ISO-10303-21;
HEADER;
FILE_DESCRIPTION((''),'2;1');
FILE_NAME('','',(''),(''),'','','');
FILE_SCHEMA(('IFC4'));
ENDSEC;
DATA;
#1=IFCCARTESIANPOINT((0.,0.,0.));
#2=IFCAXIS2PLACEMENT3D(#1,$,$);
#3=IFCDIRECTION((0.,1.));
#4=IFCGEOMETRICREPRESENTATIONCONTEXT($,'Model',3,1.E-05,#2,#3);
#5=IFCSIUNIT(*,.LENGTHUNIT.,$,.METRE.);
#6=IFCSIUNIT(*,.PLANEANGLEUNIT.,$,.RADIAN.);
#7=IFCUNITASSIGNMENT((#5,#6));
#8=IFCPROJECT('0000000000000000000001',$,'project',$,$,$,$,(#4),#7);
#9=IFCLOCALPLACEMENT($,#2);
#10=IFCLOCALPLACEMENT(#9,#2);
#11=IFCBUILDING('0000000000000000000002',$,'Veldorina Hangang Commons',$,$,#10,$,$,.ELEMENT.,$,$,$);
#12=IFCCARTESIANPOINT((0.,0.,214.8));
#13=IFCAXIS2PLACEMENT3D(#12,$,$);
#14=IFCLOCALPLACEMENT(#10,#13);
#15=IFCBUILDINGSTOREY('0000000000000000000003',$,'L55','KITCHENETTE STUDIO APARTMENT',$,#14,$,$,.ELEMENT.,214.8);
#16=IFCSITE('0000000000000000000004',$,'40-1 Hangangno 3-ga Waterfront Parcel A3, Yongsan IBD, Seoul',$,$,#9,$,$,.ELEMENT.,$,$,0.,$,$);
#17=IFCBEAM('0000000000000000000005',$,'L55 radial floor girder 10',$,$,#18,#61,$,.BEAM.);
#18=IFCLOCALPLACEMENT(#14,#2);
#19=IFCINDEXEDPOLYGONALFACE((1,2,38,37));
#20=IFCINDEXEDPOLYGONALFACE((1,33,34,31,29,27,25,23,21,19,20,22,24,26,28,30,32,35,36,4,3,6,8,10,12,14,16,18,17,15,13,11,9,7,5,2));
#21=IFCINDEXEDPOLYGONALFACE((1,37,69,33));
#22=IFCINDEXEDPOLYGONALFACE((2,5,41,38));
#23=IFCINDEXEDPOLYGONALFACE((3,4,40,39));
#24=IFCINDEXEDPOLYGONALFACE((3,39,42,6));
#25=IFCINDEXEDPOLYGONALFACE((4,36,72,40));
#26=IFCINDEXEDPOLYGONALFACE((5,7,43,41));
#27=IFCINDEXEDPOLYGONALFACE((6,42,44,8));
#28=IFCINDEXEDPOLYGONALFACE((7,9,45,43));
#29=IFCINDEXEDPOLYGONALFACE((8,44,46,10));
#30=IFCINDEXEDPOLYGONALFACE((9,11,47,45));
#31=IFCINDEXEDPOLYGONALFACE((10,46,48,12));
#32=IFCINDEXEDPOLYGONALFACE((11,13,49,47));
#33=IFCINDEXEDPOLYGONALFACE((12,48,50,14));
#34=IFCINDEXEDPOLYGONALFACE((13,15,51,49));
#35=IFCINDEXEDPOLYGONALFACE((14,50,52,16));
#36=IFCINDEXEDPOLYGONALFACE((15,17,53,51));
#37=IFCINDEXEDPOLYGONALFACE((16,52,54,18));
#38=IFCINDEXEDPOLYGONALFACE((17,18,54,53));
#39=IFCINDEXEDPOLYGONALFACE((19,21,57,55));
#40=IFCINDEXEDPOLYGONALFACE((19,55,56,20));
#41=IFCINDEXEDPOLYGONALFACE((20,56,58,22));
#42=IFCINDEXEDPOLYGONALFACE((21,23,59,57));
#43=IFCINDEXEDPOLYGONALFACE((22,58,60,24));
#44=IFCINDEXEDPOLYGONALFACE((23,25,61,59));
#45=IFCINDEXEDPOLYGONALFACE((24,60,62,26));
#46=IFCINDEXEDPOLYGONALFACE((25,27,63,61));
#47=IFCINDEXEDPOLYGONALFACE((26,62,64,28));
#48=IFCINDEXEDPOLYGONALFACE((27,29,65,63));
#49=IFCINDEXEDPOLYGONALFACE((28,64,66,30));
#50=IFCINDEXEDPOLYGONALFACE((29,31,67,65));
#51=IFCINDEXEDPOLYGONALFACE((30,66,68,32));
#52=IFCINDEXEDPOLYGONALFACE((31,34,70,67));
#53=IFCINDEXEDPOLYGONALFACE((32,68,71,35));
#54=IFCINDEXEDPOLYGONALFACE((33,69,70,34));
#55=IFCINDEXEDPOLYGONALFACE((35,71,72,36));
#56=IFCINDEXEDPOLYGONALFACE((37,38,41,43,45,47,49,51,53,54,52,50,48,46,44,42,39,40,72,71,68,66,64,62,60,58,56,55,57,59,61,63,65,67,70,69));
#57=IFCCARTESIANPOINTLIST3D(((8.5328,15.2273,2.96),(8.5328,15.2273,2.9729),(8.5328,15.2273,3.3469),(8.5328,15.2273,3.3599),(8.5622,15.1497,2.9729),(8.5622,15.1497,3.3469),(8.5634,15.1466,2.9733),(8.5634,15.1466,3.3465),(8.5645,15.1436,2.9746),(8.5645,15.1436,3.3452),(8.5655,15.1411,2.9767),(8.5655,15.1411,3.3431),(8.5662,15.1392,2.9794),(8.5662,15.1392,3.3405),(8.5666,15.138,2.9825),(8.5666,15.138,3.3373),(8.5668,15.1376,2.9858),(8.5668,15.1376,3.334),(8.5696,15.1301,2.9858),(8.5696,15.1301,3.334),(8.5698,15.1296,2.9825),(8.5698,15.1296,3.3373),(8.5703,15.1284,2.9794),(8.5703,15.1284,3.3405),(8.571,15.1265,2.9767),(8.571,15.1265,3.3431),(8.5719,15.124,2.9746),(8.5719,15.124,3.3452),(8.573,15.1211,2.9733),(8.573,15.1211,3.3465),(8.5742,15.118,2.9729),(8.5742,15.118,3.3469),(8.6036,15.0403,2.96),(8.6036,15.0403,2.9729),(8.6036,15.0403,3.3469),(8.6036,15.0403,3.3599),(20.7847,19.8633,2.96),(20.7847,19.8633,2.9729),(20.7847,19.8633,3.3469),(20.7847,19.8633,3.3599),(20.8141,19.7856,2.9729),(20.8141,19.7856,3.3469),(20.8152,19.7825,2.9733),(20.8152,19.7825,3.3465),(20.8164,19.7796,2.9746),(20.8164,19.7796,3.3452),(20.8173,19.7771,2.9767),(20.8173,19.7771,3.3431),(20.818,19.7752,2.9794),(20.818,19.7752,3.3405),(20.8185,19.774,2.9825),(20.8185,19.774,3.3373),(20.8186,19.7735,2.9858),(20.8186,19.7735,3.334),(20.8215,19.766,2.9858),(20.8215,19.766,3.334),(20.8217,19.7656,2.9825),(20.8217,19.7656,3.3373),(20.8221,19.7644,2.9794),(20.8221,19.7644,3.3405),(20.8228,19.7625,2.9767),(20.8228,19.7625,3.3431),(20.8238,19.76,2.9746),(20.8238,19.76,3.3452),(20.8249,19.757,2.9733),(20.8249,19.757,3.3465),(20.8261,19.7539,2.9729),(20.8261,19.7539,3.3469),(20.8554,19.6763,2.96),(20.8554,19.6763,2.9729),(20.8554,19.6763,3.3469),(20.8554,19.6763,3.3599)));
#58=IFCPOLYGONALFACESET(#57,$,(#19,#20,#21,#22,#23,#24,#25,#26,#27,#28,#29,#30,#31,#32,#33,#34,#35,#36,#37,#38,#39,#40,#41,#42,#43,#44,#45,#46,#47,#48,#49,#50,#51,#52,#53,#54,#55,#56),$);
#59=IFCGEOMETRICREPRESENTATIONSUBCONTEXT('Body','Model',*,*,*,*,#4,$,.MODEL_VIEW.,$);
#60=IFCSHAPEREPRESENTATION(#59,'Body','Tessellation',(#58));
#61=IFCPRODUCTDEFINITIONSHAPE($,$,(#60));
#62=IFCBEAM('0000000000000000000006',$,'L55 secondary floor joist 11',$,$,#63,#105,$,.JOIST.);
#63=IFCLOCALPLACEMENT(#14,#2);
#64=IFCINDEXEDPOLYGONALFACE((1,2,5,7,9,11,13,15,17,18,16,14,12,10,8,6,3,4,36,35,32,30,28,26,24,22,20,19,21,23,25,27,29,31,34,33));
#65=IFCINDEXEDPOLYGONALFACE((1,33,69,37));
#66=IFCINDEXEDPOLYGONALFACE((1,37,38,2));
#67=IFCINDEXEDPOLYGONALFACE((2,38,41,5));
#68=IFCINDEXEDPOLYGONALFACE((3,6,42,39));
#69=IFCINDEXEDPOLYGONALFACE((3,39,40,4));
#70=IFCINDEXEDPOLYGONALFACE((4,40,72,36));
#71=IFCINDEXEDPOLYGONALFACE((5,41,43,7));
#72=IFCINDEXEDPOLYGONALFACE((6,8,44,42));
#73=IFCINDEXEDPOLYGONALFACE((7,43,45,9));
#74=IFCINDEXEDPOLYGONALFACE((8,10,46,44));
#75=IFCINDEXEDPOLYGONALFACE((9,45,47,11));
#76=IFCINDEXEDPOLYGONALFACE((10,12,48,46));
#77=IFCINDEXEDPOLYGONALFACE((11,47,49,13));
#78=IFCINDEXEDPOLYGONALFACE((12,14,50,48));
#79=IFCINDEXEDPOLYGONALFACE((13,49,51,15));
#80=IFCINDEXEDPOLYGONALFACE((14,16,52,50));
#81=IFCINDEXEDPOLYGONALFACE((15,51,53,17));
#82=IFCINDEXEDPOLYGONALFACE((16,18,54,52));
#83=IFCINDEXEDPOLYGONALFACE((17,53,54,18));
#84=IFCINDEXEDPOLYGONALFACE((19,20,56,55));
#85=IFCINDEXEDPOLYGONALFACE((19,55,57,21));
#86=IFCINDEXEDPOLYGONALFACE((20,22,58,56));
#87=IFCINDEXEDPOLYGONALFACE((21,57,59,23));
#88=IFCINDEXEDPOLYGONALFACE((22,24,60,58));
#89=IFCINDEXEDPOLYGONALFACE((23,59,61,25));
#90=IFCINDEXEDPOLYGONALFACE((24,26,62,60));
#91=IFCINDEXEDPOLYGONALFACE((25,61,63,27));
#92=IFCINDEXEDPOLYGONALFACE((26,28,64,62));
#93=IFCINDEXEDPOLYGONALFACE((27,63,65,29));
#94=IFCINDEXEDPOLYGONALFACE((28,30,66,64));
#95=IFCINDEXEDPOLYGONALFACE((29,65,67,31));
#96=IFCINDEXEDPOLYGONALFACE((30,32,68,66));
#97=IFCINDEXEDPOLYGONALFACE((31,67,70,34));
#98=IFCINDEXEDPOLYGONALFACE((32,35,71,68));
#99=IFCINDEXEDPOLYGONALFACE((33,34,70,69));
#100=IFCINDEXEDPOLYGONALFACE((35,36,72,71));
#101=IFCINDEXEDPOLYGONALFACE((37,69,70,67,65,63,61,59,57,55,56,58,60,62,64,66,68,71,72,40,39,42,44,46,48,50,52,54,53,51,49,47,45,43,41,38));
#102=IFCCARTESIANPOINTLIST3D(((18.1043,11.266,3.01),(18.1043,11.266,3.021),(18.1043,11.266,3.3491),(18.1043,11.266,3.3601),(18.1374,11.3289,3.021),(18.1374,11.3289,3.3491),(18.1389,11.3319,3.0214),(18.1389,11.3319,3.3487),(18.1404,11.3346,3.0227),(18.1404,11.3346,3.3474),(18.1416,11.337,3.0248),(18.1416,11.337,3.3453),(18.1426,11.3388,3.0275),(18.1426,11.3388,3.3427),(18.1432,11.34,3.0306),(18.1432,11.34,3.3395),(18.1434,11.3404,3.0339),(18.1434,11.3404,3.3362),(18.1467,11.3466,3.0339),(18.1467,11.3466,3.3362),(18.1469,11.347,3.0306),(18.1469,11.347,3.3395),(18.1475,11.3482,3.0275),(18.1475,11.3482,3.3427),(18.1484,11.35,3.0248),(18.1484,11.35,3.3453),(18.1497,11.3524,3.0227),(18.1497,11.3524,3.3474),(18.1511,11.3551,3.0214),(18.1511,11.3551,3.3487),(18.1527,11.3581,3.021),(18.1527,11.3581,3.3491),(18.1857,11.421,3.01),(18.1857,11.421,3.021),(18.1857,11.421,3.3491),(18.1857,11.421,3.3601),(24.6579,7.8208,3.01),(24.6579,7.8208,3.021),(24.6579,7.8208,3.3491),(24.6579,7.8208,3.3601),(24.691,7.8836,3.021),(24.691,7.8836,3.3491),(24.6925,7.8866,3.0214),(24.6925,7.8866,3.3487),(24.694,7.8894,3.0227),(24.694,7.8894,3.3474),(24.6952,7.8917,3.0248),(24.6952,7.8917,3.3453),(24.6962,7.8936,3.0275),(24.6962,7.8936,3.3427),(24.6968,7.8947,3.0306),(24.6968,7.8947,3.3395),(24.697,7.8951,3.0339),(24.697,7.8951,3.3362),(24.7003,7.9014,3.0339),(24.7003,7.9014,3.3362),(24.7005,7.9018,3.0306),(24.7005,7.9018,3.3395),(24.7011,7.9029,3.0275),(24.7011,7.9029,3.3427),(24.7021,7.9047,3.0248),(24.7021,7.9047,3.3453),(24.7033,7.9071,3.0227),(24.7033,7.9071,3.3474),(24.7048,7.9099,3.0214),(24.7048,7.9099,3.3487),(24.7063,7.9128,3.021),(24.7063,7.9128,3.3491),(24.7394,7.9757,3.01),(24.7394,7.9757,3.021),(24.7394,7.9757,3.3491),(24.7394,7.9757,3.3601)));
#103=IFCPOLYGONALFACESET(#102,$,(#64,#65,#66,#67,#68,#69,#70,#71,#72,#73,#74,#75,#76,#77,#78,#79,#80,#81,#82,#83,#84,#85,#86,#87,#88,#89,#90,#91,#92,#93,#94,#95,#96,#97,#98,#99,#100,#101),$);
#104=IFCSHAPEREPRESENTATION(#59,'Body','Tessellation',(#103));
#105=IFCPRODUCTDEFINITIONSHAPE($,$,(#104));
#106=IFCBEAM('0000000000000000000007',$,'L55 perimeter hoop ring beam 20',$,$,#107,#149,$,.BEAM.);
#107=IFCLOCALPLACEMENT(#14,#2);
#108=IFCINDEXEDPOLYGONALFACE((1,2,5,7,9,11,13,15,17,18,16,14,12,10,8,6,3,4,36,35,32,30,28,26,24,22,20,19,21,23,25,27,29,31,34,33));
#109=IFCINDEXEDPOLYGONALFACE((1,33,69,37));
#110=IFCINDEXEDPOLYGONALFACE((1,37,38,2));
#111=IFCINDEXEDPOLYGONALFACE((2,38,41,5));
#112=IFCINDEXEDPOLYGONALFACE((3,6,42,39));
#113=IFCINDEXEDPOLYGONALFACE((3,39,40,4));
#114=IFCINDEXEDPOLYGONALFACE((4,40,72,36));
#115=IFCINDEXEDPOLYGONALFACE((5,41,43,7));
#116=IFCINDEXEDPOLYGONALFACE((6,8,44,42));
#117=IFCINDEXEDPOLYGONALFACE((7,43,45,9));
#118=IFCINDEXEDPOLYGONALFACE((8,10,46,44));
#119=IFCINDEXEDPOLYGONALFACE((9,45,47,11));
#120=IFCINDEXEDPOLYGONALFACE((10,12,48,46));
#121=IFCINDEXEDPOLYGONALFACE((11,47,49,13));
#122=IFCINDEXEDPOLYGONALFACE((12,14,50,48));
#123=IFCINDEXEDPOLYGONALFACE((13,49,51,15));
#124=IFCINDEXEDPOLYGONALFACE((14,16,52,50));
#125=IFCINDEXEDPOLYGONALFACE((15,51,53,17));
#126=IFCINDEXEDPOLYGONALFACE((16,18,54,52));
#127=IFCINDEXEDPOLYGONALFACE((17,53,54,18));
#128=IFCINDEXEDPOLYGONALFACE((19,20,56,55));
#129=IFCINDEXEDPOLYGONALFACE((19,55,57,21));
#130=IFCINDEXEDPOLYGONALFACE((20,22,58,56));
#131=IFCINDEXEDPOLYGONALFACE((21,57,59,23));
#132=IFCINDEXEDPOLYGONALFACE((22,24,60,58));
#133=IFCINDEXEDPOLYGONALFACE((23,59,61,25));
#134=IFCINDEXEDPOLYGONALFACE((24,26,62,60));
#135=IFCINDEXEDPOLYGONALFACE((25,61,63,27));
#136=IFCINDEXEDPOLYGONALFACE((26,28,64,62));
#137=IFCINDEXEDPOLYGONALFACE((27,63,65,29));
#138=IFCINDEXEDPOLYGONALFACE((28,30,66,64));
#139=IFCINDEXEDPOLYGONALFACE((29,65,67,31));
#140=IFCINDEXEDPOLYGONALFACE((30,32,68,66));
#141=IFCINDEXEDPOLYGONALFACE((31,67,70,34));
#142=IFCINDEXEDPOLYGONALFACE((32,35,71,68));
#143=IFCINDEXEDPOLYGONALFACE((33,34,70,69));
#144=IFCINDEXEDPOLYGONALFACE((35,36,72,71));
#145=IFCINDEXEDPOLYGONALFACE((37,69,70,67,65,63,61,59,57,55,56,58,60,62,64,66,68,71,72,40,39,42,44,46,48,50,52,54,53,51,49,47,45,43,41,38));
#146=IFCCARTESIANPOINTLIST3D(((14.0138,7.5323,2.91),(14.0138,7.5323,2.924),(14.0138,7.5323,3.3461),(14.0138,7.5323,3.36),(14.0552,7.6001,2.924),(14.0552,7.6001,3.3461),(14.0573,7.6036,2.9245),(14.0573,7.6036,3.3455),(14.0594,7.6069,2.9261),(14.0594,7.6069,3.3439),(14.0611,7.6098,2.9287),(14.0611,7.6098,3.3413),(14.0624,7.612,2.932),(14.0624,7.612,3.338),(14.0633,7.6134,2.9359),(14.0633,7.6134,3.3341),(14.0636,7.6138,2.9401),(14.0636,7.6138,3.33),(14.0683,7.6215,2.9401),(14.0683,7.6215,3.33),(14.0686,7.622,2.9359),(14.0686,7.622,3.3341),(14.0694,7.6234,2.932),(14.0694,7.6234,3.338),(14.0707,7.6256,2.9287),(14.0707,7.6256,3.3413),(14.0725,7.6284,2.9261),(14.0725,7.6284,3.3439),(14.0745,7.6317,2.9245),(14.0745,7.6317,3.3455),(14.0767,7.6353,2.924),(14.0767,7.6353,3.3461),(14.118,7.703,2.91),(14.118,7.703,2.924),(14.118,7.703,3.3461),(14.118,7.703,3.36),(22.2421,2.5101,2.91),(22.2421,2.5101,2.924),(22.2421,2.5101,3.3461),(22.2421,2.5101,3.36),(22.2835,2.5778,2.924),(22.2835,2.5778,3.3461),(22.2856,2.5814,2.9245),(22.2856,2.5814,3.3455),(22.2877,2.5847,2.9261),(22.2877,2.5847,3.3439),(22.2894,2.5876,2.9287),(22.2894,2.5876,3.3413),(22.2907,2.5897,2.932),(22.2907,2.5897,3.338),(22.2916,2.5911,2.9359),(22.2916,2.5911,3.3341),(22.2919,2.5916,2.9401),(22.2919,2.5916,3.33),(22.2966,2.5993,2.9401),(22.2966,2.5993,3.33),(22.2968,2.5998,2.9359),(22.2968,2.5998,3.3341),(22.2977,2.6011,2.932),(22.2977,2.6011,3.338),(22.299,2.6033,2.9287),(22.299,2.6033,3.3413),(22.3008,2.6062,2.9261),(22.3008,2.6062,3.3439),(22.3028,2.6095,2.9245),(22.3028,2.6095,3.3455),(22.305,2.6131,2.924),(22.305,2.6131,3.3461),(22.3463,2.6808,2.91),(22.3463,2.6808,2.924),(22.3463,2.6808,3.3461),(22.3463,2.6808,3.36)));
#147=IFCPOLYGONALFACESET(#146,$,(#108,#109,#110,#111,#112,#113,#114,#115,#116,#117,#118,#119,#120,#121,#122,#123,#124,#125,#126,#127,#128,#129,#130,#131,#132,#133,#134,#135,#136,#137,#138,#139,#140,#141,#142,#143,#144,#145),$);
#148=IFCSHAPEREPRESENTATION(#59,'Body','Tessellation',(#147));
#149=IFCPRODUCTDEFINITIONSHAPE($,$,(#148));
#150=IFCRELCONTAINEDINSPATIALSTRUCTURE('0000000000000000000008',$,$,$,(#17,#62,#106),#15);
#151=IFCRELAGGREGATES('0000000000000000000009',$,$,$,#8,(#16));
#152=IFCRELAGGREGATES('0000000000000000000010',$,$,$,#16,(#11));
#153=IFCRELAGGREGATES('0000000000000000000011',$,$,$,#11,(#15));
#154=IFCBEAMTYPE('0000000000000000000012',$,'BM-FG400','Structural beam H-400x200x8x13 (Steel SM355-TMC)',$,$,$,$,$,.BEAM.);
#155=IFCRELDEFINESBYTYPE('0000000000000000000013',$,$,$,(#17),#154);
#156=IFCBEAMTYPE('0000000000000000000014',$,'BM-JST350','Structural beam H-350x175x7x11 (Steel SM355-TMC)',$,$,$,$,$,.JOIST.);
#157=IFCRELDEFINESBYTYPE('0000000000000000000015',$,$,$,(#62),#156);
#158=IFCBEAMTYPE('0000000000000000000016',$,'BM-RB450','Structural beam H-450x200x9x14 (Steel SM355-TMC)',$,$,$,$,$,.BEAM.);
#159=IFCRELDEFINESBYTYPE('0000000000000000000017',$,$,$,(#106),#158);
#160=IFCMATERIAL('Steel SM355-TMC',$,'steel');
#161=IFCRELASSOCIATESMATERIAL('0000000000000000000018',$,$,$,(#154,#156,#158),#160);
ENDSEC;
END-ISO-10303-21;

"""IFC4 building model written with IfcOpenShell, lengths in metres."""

from ifc_helpers import new_model, si_unit, direction, frame, origin, origin_2d, place, context, subcontext, project, spatial, i_section, extrude, material, material_profile, profile_set, type_object, element, save


model = new_model("IFC4")

# Units and contexts
model_context = context("Model", 3, precision=1e-05, world=origin(), true_north=direction((0.0, 1.0)))
body_context = subcontext(model_context, "Body", "Model", "MODEL_VIEW")
ifc_project = project(units=[si_unit("LENGTHUNIT", "METRE"), si_unit("PLANEANGLEUNIT", "RADIAN")], contexts=[model_context])

# Site, building, storey
site_placement = place(None, origin())
site = spatial("IfcSite", under=ifc_project, at=site_placement, Name="40-1 Hangangno 3-ga Waterfront Parcel A3, Yongsan IBD, Seoul", CompositionType="ELEMENT", RefElevation=0.0)
building_placement = place(site_placement, origin())
building = spatial("IfcBuilding", under=site, at=building_placement, Name="Veldorina Hangang Commons", CompositionType="ELEMENT")
storey_placement = place(building_placement, frame((0.0, 0.0, 214.8)))
storey = spatial("IfcBuildingStorey", under=building, at=storey_placement, Name="L55", Description="KITCHENETTE STUDIO APARTMENT", CompositionType="ELEMENT", Elevation=214.8)

# Beams
ifc_material_1 = material(Name="Steel SM355-TMC", Category="steel")
ifc_material_profile_1 = material_profile(ifc_material_1, i_section(OverallWidth=0.2, OverallDepth=0.3999, WebThickness=0.0081, FlangeThickness=0.0129, FilletRadius=0.0129, at=origin_2d()), Name="H-400x200x8x13")
ifc_profile_set_1 = profile_set([ifc_material_profile_1], Name="Steel SM355-TMC")
beam_type_1 = type_object("IfcBeamType", Name="BM-FG400", Description="Structural beam H-400x200x8x13 (Steel SM355-TMC)", PredefinedType="BEAM", material=ifc_profile_set_1)
beam_1_placement = place(storey_placement, frame((20.8201, 19.7698, 3.1599), z_axis=(-0.935283, -0.3539, 0.0), x_axis=(0.3539, -0.935283, 0.0)))
element("IfcBeam", 1, at=beam_1_placement, inside=storey, type_object=beam_type_1, Name="L55 radial floor girder 10", PredefinedType="BEAM", context=body_context, shape_type="SweptSolid", body=[
    extrude(i_section(OverallWidth=0.2, OverallDepth=0.3999, WebThickness=0.0081, FlangeThickness=0.0129, FilletRadius=0.0129, at=origin_2d()), origin(), (0.0, 0.0, 1.0), 13.0996),
])
ifc_material_profile_2 = material_profile(ifc_material_1, i_section(OverallWidth=0.175, OverallDepth=0.3501, WebThickness=0.0071, FlangeThickness=0.011, FilletRadius=0.0129, at=origin_2d()), Name="H-350x175x7x11")
ifc_profile_set_2 = profile_set([ifc_material_profile_2], Name="Steel SM355-TMC")
beam_type_2 = type_object("IfcBeamType", Name="BM-JST350", Description="Structural beam H-350x175x7x11 (Steel SM355-TMC)", PredefinedType="JOIST", material=ifc_profile_set_2)
beam_2_placement = place(storey_placement, frame((18.145, 11.3435, 3.1851), z_axis=(0.885141, -0.465322, 0.0), x_axis=(0.465322, 0.885141, 0.0)))
element("IfcBeam", 2, at=beam_2_placement, inside=storey, type_object=beam_type_2, Name="L55 secondary floor joist 11", PredefinedType="JOIST", context=body_context, shape_type="SweptSolid", body=[
    extrude(i_section(OverallWidth=0.175, OverallDepth=0.3501, WebThickness=0.0071, FlangeThickness=0.011, FilletRadius=0.0129, at=origin_2d()), origin(), (0.0, 0.0, 1.0), 7.4041),
])
ifc_material_profile_3 = material_profile(ifc_material_1, i_section(OverallWidth=0.2, OverallDepth=0.45, WebThickness=0.009, FlangeThickness=0.0139, FilletRadius=0.0161, at=origin_2d()), Name="H-450x200x9x14")
ifc_profile_set_3 = profile_set([ifc_material_profile_3], Name="Steel SM355-TMC")
beam_type_3 = type_object("IfcBeamType", Name="BM-RB450", Description="Structural beam H-450x200x9x14 (Steel SM355-TMC)", PredefinedType="BEAM", material=ifc_profile_set_3)
beam_3_placement = place(storey_placement, frame((14.0659, 7.6177, 3.135), z_axis=(0.853567, -0.520984, 0.0), x_axis=(0.520984, 0.853567, 0.0)))
element("IfcBeam", 3, at=beam_3_placement, inside=storey, type_object=beam_type_3, Name="L55 perimeter hoop ring beam 20", PredefinedType="BEAM", context=body_context, shape_type="SweptSolid", body=[
    extrude(i_section(OverallWidth=0.2, OverallDepth=0.45, WebThickness=0.009, FlangeThickness=0.0139, FilletRadius=0.0161, at=origin_2d()), origin(), (0.0, 0.0, 1.0), 9.6399),
])

save(model, "model.ifc")
